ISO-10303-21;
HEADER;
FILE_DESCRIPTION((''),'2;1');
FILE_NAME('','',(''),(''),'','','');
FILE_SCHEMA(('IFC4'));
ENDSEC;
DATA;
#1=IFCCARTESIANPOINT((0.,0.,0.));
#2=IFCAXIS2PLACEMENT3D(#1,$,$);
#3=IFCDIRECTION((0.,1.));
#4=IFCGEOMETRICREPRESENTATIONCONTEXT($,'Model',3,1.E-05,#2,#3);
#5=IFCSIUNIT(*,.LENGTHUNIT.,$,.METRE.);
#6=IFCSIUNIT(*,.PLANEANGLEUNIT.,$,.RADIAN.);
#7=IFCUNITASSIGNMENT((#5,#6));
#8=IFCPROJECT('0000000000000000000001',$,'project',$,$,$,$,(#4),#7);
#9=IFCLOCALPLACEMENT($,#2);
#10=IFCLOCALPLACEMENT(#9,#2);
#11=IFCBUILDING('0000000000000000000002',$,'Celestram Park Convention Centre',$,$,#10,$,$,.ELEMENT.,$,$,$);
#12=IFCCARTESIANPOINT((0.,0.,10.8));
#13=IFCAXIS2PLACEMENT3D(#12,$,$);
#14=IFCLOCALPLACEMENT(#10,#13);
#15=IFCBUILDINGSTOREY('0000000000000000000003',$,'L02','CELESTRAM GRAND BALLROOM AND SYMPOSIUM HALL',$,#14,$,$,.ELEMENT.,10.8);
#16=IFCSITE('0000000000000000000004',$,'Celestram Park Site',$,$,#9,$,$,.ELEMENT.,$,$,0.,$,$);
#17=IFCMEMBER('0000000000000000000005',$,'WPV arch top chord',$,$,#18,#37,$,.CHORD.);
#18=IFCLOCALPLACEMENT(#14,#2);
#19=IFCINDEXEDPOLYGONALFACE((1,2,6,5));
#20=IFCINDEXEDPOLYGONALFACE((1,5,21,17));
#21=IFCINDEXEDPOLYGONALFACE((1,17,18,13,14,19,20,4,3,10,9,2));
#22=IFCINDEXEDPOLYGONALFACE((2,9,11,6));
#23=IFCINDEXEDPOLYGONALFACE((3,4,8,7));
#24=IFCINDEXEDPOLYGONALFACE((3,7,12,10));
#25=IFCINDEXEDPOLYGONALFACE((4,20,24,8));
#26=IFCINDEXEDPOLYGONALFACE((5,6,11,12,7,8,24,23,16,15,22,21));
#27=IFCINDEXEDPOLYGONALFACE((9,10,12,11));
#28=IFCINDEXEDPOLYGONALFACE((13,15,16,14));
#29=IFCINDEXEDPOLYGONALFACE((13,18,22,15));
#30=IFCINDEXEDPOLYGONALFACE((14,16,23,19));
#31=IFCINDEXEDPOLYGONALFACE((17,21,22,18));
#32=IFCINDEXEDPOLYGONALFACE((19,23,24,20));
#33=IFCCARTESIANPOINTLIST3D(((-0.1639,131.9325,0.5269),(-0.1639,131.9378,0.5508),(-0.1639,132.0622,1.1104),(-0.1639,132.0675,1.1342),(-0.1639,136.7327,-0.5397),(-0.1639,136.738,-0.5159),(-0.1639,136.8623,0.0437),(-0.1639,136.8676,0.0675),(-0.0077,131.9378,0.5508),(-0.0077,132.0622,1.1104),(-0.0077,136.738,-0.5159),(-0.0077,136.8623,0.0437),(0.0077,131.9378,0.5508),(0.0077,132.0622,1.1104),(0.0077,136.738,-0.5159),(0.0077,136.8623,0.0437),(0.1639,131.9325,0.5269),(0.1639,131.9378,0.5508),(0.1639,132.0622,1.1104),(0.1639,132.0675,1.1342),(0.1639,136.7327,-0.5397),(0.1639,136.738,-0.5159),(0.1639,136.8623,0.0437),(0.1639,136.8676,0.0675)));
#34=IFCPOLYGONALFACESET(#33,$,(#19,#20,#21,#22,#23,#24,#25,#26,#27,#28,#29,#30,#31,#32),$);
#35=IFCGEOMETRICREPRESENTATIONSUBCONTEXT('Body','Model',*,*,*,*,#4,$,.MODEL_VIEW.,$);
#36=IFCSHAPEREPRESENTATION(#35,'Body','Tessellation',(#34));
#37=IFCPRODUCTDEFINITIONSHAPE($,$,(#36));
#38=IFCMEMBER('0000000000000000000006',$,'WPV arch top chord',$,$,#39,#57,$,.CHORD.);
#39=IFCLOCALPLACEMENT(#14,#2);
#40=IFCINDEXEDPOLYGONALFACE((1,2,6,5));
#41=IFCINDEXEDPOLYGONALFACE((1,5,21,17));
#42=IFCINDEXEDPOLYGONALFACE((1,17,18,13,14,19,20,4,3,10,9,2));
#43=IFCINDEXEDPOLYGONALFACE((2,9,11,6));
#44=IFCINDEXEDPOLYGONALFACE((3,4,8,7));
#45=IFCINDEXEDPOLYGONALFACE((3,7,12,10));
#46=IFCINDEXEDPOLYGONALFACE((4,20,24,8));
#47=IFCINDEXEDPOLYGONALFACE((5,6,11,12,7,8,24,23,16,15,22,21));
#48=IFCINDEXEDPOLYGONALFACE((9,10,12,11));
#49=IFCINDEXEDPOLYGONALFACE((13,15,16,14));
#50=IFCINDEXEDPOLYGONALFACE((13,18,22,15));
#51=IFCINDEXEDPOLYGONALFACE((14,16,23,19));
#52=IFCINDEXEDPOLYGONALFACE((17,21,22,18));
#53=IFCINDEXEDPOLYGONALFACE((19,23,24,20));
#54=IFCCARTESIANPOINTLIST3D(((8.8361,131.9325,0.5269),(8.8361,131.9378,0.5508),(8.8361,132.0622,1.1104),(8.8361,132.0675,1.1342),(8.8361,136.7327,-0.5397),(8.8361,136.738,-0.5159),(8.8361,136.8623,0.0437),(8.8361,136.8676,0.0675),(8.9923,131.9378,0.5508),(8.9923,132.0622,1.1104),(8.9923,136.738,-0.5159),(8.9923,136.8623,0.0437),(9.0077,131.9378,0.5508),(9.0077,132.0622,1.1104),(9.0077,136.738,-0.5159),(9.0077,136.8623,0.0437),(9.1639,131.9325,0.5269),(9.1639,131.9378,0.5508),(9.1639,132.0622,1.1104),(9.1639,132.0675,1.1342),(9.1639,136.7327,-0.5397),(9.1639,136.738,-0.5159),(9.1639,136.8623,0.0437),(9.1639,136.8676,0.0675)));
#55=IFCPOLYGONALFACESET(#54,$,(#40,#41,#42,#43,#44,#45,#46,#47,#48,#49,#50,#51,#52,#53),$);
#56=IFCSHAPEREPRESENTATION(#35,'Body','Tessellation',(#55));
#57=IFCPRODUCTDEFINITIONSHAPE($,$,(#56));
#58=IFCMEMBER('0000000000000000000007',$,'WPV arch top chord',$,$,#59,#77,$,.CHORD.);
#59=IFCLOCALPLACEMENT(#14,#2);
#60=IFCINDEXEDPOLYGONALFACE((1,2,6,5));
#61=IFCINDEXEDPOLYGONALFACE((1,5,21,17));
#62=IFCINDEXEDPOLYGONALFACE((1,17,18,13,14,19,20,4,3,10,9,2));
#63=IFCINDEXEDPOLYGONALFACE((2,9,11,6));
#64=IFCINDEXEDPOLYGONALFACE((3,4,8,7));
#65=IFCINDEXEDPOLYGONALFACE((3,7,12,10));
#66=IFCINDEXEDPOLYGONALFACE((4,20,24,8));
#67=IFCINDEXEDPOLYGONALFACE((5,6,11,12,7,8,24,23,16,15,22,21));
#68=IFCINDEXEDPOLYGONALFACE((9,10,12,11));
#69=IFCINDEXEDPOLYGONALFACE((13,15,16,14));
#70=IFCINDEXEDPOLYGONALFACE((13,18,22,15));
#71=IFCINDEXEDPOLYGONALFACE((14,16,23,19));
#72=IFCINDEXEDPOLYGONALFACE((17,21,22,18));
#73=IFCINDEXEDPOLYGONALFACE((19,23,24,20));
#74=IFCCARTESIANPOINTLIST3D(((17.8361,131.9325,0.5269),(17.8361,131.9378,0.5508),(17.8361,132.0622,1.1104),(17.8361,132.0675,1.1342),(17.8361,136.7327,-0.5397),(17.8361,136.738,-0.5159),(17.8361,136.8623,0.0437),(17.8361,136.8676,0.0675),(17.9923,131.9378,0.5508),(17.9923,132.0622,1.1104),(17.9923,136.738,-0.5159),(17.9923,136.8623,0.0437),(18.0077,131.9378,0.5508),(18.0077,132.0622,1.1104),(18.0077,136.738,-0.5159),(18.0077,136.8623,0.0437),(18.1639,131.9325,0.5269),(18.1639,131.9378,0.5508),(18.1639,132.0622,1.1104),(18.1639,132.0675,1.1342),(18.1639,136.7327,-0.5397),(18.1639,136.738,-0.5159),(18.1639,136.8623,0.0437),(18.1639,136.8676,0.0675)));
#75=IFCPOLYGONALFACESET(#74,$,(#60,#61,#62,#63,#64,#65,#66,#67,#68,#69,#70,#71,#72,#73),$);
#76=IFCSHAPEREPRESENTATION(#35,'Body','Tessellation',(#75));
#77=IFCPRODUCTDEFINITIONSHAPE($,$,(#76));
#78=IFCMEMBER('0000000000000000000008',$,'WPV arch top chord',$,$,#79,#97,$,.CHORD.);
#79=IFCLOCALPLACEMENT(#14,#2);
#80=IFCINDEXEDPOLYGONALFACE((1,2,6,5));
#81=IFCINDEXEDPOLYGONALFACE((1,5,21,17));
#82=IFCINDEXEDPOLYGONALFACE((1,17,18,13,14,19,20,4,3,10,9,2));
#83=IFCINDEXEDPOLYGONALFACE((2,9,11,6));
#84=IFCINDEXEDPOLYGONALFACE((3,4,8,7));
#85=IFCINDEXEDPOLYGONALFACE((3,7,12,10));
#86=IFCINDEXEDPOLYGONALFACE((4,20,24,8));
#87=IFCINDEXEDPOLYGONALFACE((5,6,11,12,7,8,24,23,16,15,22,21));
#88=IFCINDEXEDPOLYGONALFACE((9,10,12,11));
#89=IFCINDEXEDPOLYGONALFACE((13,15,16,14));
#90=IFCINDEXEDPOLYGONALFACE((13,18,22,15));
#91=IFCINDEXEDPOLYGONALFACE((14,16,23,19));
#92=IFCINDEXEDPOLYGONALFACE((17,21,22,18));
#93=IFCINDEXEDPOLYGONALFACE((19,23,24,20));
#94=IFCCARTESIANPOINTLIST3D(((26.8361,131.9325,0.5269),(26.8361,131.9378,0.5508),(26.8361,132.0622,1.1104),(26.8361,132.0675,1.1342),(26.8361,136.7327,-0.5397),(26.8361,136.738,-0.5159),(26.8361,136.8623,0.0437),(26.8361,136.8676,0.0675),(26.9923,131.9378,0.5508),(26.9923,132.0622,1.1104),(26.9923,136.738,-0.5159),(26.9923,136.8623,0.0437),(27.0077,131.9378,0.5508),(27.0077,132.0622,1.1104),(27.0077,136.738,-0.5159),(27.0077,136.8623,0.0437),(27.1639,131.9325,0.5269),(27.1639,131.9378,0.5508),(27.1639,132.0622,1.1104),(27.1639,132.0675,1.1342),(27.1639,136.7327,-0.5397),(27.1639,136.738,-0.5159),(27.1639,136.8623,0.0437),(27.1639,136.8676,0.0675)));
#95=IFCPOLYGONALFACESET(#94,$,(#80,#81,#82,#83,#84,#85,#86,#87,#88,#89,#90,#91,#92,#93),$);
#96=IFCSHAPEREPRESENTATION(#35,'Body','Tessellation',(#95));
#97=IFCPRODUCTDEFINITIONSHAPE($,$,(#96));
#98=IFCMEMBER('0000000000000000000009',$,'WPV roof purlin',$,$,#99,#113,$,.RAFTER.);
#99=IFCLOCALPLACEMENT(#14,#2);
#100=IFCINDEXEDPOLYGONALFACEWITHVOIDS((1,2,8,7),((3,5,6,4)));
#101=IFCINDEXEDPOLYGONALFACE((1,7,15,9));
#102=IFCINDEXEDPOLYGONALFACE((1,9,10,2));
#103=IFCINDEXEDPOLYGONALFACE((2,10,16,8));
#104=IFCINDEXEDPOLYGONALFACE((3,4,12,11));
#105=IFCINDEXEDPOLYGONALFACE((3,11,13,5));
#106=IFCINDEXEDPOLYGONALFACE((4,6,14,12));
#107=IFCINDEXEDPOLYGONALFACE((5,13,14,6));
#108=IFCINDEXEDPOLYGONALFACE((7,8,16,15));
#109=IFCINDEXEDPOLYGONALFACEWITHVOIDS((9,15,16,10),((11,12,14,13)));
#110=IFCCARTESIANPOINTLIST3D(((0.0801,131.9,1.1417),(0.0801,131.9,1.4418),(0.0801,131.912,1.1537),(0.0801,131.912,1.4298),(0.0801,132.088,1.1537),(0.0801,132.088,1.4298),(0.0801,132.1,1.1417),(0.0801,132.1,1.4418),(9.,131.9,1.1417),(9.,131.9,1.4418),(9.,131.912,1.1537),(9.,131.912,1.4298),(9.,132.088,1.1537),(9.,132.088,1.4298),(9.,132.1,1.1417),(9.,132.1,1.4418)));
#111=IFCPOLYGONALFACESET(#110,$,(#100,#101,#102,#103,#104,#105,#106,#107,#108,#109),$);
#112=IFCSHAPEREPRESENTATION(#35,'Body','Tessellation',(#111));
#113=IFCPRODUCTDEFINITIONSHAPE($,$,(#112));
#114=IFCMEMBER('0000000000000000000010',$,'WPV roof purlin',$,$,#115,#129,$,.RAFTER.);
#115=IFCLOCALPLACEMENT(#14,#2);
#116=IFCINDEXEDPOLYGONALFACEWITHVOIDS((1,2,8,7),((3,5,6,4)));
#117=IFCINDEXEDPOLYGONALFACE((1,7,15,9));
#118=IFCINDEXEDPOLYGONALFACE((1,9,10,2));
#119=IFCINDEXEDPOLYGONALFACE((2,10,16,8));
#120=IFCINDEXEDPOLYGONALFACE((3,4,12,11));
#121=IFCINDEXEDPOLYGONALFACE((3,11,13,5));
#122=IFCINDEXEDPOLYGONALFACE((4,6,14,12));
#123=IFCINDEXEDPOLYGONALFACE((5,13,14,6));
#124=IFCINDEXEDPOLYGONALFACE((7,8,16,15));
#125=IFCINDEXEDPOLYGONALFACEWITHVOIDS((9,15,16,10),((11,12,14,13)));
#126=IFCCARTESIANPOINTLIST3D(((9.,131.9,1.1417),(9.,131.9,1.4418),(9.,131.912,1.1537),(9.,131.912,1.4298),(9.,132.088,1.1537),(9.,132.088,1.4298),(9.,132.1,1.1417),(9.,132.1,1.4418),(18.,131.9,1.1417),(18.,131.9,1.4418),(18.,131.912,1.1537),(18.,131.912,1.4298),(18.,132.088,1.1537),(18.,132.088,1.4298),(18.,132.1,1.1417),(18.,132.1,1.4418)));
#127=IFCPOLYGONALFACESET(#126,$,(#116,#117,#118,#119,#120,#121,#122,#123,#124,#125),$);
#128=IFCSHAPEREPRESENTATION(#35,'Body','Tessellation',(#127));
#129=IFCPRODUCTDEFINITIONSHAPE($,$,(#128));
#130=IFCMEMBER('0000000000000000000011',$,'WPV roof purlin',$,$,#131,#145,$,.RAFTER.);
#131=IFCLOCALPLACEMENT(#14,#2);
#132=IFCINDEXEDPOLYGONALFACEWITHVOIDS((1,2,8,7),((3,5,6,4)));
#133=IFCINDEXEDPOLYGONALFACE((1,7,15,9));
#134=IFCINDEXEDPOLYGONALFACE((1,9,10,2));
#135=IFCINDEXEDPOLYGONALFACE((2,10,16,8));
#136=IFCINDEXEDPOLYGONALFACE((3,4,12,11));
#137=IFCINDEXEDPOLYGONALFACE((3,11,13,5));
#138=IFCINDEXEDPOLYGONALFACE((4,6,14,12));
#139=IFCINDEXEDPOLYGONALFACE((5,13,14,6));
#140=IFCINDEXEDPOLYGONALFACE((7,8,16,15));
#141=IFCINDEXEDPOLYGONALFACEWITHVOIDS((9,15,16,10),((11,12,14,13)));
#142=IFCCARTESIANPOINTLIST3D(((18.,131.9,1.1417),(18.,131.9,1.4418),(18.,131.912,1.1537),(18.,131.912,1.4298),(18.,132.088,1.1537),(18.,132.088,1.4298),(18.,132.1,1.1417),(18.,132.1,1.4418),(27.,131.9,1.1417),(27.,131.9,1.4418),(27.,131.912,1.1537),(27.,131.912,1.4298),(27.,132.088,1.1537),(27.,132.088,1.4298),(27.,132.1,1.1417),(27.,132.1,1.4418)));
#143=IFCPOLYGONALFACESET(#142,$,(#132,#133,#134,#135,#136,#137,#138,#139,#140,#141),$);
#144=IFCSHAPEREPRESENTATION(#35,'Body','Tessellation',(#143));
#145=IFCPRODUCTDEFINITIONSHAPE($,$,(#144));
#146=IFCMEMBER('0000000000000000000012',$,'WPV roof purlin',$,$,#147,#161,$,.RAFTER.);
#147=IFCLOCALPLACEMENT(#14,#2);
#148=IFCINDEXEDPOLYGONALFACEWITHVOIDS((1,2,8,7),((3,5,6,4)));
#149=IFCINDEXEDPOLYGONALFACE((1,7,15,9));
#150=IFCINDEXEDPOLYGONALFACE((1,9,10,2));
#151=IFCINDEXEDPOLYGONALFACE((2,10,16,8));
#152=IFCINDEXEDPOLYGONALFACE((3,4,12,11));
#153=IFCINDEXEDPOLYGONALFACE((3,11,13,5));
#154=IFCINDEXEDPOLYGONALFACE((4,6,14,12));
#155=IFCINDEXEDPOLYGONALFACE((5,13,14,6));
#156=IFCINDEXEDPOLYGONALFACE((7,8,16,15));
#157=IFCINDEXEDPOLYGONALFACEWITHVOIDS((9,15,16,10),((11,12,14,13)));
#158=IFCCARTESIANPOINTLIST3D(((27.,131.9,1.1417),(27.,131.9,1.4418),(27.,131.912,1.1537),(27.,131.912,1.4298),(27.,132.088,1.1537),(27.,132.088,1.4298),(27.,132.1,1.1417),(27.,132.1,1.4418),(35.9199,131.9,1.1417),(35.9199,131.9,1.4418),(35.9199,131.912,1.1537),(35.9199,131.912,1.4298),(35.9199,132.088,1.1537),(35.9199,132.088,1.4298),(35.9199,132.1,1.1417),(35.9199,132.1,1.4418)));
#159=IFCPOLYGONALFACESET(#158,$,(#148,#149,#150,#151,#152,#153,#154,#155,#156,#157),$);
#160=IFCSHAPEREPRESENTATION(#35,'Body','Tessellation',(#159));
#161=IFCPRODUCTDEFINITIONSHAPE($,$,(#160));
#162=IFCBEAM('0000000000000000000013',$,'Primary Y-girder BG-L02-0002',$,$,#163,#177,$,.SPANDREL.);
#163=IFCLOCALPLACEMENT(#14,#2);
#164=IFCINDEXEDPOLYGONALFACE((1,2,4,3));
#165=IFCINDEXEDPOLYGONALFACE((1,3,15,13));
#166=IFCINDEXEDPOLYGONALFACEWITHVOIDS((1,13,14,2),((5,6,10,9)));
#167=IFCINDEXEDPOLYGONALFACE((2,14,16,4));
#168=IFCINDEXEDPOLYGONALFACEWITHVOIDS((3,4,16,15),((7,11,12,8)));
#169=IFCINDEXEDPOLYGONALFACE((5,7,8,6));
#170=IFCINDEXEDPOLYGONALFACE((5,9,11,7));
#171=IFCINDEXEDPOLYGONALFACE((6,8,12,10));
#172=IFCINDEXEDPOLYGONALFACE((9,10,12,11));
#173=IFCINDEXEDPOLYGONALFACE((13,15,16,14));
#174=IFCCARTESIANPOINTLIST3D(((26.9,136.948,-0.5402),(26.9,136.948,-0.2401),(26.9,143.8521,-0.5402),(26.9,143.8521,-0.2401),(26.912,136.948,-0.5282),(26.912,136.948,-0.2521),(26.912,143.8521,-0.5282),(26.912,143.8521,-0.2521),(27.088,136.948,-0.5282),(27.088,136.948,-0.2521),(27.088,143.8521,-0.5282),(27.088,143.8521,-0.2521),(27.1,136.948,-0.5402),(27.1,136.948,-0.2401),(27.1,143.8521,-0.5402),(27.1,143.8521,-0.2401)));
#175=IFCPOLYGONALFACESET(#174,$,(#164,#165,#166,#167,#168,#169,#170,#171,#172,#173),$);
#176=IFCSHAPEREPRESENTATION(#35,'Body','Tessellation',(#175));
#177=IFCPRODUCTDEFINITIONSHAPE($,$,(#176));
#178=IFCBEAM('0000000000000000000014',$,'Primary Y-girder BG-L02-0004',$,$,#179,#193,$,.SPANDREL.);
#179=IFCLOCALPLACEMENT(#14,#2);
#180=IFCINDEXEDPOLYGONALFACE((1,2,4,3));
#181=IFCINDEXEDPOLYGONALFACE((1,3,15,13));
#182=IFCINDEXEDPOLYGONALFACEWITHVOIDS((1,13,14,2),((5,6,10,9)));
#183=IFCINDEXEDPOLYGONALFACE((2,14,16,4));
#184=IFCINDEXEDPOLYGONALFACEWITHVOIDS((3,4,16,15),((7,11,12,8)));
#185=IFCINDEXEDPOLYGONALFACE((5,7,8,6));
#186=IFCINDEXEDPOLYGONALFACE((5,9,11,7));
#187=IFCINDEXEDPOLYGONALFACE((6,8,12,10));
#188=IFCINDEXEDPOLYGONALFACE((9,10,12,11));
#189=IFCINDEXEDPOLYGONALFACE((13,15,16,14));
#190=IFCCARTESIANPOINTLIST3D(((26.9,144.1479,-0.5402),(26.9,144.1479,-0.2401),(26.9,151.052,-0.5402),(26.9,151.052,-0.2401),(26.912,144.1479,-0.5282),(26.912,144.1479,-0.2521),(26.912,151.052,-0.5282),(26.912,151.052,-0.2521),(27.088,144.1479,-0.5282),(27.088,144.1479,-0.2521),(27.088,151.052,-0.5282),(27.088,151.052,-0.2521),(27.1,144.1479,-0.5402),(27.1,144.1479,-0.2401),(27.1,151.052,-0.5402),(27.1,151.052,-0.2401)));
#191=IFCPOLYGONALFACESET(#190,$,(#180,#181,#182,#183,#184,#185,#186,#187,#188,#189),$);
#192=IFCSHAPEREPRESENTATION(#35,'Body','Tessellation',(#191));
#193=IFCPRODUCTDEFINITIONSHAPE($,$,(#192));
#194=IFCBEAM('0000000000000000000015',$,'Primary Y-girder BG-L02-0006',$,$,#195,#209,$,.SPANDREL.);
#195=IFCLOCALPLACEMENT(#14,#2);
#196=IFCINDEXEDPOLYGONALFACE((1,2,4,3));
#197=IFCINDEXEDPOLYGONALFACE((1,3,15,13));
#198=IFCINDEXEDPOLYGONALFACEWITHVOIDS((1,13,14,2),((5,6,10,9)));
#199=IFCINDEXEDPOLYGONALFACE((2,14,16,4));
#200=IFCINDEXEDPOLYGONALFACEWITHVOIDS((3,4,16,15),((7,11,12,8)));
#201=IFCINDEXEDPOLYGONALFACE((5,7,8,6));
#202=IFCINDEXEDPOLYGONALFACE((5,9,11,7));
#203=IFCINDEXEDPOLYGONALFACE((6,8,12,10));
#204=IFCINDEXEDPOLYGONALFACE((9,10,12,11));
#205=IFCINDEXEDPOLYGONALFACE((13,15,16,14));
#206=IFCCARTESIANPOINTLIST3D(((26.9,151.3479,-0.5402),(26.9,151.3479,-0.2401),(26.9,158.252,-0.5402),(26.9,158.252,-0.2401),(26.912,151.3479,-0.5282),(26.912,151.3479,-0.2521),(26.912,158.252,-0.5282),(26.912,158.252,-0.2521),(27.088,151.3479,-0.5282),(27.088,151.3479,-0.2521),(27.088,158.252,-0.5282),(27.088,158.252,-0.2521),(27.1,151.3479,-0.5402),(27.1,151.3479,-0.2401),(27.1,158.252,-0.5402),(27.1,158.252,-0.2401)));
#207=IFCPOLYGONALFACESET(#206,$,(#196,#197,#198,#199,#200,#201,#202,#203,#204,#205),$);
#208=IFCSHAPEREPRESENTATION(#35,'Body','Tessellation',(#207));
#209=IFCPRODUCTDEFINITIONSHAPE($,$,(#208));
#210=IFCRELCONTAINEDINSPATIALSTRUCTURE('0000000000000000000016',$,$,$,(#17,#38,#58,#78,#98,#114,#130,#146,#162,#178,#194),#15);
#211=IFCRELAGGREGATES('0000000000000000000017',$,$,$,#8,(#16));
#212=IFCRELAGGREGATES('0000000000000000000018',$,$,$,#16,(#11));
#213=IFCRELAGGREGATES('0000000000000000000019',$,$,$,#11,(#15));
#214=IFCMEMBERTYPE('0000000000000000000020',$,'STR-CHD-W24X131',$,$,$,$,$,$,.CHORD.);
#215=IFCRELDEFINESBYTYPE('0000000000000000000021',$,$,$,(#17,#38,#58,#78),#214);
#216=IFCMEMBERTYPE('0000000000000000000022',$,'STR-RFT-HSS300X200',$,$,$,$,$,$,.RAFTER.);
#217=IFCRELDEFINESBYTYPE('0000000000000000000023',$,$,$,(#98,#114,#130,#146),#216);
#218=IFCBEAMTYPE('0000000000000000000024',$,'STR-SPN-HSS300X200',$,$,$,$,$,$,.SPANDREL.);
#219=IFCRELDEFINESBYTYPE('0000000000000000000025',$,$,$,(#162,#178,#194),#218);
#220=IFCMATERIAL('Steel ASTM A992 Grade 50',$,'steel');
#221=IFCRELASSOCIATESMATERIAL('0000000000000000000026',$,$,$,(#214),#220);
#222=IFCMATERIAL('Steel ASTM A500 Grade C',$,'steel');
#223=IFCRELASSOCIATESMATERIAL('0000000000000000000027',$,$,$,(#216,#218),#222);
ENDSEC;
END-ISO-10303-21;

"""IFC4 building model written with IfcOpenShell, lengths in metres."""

from ifc_helpers import new_model, si_unit, direction, frame, origin, origin_2d, place, context, subcontext, project, spatial, hollow_rectangle, i_section, extrude, material, material_profile, profile_set, type_object, element, save


model = new_model("IFC4")

# Units and contexts
model_context = context("Model", 3, precision=1e-05, world=origin(), true_north=direction((0.0, 1.0)))
body_context = subcontext(model_context, "Body", "Model", "MODEL_VIEW")
ifc_project = project(units=[si_unit("LENGTHUNIT", "METRE"), si_unit("PLANEANGLEUNIT", "RADIAN")], contexts=[model_context])

# Site, building, storey
site_placement = place(None, origin())
site = spatial("IfcSite", under=ifc_project, at=site_placement, Name="Celestram Park Site", CompositionType="ELEMENT", RefElevation=0.0)
building_placement = place(site_placement, origin())
building = spatial("IfcBuilding", under=site, at=building_placement, Name="Celestram Park Convention Centre", CompositionType="ELEMENT")
storey_placement = place(building_placement, frame((0.0, 0.0, 10.8)))
storey = spatial("IfcBuildingStorey", under=building, at=storey_placement, Name="L02", Description="CELESTRAM GRAND BALLROOM AND SYMPOSIUM HALL", CompositionType="ELEMENT", Elevation=10.8)

# Members
ifc_material_1 = material(Name="Steel ASTM A992 Grade 50", Category="steel")
ifc_material_profile_1 = material_profile(ifc_material_1, i_section(OverallWidth=0.3279, OverallDepth=0.6221, WebThickness=0.0154, FlangeThickness=0.0244, at=origin_2d()), Name="W24X131")
ifc_profile_set_1 = profile_set([ifc_material_profile_1], Name="Steel ASTM A992 Grade 50")
member_type_1 = type_object("IfcMemberType", Name="STR-CHD-W24X131", PredefinedType="CHORD", material=ifc_profile_set_1)
for number, where, z_axis, x_axis, name in (
    (1, (0.0, 132.0, 0.8306), (0.0, 0.976188, -0.216925), (-1.0, 0.0, 0.0), "WPV arch top chord"),
    (2, (9.0, 132.0, 0.8306), (0.0, 0.976188, -0.216925), (-1.0, 0.0, 0.0), "WPV arch top chord"),
    (3, (18.0, 132.0, 0.8306), (0.0, 0.976188, -0.216925), (-1.0, 0.0, 0.0), "WPV arch top chord"),
    (4, (27.0, 132.0, 0.8306), (0.0, 0.976188, -0.216925), (-1.0, 0.0, 0.0), "WPV arch top chord"),
):
    element("IfcMember", number, at=place(storey_placement, frame(where, z_axis=z_axis, x_axis=x_axis)), inside=storey, type_object=member_type_1, Name=name, PredefinedType="CHORD", context=body_context, shape_type="SweptSolid", body=[
        extrude(i_section(OverallWidth=0.3279, OverallDepth=0.6221, WebThickness=0.0154, FlangeThickness=0.0244, at=origin_2d()), origin(), (0.0, 0.0, 1.0), 4.9172),
    ])
ifc_material_2 = material(Name="Steel ASTM A500 Grade C", Category="steel")
ifc_material_profile_2 = material_profile(ifc_material_2, hollow_rectangle(XDim=0.2, YDim=0.3, WallThickness=0.012, at=origin_2d()), Name="HSS300X200X12")
ifc_profile_set_2 = profile_set([ifc_material_profile_2], Name="Steel ASTM A500 Grade C")
member_type_2 = type_object("IfcMemberType", Name="STR-RFT-HSS300X200", PredefinedType="RAFTER", material=ifc_profile_set_2)
member_1_placement = place(storey_placement, frame((0.0801, 132.0, 1.2917), z_axis=(1.0, 0.0, 0.0), x_axis=(0.0, 1.0, 0.0)))
element("IfcMember", 5, at=member_1_placement, inside=storey, type_object=member_type_2, Name="WPV roof purlin", PredefinedType="RAFTER", context=body_context, shape_type="SweptSolid", body=[
    extrude(hollow_rectangle(XDim=0.2, YDim=0.3, WallThickness=0.012, at=origin_2d()), origin(), (0.0, 0.0, 1.0), 8.9199),
])
for number, where, z_axis, x_axis, name in (
    (6, (9.0, 132.0, 1.2917), (1.0, 0.0, 0.0), (0.0, 1.0, 0.0), "WPV roof purlin"),
    (7, (18.0, 132.0, 1.2917), (1.0, 0.0, 0.0), (0.0, 1.0, 0.0), "WPV roof purlin"),
):
    element("IfcMember", number, at=place(storey_placement, frame(where, z_axis=z_axis, x_axis=x_axis)), inside=storey, type_object=member_type_2, Name=name, PredefinedType="RAFTER", context=body_context, shape_type="SweptSolid", body=[
        extrude(hollow_rectangle(XDim=0.2, YDim=0.3, WallThickness=0.012, at=origin_2d()), origin(), (0.0, 0.0, 1.0), 9.0),
    ])
member_2_placement = place(storey_placement, frame((27.0, 132.0, 1.2917), z_axis=(1.0, 0.0, 0.0), x_axis=(0.0, 1.0, 0.0)))
element("IfcMember", 8, at=member_2_placement, inside=storey, type_object=member_type_2, Name="WPV roof purlin", PredefinedType="RAFTER", context=body_context, shape_type="SweptSolid", body=[
    extrude(hollow_rectangle(XDim=0.2, YDim=0.3, WallThickness=0.012, at=origin_2d()), origin(), (0.0, 0.0, 1.0), 8.9199),
])

# Beams
ifc_material_profile_3 = material_profile(ifc_material_2, hollow_rectangle(XDim=0.2, YDim=0.3, WallThickness=0.012, at=origin_2d()), Name="HSS300X200X12")
ifc_profile_set_3 = profile_set([ifc_material_profile_3], Name="Steel ASTM A500 Grade C")
beam_type = type_object("IfcBeamType", Name="STR-SPN-HSS300X200", PredefinedType="SPANDREL", material=ifc_profile_set_3)
for number, where, z_axis, x_axis, name in (
    (9, (27.0, 136.948, -0.3901), (0.0, 1.0, 0.0), (-1.0, 0.0, 0.0), "Primary Y-girder BG-L02-0002"),
    (10, (27.0, 144.1479, -0.3901), (0.0, 1.0, 0.0), (-1.0, 0.0, 0.0), "Primary Y-girder BG-L02-0004"),
    (11, (27.0, 151.3479, -0.3901), (0.0, 1.0, 0.0), (-1.0, 0.0, 0.0), "Primary Y-girder BG-L02-0006"),
):
    element("IfcBeam", number, at=place(storey_placement, frame(where, z_axis=z_axis, x_axis=x_axis)), inside=storey, type_object=beam_type, Name=name, PredefinedType="SPANDREL", context=body_context, shape_type="SweptSolid", body=[
        extrude(hollow_rectangle(XDim=0.2, YDim=0.3, WallThickness=0.012, at=origin_2d()), origin(), (0.0, 0.0, 1.0), 6.9041),
    ])

save(model, "model.ifc")
